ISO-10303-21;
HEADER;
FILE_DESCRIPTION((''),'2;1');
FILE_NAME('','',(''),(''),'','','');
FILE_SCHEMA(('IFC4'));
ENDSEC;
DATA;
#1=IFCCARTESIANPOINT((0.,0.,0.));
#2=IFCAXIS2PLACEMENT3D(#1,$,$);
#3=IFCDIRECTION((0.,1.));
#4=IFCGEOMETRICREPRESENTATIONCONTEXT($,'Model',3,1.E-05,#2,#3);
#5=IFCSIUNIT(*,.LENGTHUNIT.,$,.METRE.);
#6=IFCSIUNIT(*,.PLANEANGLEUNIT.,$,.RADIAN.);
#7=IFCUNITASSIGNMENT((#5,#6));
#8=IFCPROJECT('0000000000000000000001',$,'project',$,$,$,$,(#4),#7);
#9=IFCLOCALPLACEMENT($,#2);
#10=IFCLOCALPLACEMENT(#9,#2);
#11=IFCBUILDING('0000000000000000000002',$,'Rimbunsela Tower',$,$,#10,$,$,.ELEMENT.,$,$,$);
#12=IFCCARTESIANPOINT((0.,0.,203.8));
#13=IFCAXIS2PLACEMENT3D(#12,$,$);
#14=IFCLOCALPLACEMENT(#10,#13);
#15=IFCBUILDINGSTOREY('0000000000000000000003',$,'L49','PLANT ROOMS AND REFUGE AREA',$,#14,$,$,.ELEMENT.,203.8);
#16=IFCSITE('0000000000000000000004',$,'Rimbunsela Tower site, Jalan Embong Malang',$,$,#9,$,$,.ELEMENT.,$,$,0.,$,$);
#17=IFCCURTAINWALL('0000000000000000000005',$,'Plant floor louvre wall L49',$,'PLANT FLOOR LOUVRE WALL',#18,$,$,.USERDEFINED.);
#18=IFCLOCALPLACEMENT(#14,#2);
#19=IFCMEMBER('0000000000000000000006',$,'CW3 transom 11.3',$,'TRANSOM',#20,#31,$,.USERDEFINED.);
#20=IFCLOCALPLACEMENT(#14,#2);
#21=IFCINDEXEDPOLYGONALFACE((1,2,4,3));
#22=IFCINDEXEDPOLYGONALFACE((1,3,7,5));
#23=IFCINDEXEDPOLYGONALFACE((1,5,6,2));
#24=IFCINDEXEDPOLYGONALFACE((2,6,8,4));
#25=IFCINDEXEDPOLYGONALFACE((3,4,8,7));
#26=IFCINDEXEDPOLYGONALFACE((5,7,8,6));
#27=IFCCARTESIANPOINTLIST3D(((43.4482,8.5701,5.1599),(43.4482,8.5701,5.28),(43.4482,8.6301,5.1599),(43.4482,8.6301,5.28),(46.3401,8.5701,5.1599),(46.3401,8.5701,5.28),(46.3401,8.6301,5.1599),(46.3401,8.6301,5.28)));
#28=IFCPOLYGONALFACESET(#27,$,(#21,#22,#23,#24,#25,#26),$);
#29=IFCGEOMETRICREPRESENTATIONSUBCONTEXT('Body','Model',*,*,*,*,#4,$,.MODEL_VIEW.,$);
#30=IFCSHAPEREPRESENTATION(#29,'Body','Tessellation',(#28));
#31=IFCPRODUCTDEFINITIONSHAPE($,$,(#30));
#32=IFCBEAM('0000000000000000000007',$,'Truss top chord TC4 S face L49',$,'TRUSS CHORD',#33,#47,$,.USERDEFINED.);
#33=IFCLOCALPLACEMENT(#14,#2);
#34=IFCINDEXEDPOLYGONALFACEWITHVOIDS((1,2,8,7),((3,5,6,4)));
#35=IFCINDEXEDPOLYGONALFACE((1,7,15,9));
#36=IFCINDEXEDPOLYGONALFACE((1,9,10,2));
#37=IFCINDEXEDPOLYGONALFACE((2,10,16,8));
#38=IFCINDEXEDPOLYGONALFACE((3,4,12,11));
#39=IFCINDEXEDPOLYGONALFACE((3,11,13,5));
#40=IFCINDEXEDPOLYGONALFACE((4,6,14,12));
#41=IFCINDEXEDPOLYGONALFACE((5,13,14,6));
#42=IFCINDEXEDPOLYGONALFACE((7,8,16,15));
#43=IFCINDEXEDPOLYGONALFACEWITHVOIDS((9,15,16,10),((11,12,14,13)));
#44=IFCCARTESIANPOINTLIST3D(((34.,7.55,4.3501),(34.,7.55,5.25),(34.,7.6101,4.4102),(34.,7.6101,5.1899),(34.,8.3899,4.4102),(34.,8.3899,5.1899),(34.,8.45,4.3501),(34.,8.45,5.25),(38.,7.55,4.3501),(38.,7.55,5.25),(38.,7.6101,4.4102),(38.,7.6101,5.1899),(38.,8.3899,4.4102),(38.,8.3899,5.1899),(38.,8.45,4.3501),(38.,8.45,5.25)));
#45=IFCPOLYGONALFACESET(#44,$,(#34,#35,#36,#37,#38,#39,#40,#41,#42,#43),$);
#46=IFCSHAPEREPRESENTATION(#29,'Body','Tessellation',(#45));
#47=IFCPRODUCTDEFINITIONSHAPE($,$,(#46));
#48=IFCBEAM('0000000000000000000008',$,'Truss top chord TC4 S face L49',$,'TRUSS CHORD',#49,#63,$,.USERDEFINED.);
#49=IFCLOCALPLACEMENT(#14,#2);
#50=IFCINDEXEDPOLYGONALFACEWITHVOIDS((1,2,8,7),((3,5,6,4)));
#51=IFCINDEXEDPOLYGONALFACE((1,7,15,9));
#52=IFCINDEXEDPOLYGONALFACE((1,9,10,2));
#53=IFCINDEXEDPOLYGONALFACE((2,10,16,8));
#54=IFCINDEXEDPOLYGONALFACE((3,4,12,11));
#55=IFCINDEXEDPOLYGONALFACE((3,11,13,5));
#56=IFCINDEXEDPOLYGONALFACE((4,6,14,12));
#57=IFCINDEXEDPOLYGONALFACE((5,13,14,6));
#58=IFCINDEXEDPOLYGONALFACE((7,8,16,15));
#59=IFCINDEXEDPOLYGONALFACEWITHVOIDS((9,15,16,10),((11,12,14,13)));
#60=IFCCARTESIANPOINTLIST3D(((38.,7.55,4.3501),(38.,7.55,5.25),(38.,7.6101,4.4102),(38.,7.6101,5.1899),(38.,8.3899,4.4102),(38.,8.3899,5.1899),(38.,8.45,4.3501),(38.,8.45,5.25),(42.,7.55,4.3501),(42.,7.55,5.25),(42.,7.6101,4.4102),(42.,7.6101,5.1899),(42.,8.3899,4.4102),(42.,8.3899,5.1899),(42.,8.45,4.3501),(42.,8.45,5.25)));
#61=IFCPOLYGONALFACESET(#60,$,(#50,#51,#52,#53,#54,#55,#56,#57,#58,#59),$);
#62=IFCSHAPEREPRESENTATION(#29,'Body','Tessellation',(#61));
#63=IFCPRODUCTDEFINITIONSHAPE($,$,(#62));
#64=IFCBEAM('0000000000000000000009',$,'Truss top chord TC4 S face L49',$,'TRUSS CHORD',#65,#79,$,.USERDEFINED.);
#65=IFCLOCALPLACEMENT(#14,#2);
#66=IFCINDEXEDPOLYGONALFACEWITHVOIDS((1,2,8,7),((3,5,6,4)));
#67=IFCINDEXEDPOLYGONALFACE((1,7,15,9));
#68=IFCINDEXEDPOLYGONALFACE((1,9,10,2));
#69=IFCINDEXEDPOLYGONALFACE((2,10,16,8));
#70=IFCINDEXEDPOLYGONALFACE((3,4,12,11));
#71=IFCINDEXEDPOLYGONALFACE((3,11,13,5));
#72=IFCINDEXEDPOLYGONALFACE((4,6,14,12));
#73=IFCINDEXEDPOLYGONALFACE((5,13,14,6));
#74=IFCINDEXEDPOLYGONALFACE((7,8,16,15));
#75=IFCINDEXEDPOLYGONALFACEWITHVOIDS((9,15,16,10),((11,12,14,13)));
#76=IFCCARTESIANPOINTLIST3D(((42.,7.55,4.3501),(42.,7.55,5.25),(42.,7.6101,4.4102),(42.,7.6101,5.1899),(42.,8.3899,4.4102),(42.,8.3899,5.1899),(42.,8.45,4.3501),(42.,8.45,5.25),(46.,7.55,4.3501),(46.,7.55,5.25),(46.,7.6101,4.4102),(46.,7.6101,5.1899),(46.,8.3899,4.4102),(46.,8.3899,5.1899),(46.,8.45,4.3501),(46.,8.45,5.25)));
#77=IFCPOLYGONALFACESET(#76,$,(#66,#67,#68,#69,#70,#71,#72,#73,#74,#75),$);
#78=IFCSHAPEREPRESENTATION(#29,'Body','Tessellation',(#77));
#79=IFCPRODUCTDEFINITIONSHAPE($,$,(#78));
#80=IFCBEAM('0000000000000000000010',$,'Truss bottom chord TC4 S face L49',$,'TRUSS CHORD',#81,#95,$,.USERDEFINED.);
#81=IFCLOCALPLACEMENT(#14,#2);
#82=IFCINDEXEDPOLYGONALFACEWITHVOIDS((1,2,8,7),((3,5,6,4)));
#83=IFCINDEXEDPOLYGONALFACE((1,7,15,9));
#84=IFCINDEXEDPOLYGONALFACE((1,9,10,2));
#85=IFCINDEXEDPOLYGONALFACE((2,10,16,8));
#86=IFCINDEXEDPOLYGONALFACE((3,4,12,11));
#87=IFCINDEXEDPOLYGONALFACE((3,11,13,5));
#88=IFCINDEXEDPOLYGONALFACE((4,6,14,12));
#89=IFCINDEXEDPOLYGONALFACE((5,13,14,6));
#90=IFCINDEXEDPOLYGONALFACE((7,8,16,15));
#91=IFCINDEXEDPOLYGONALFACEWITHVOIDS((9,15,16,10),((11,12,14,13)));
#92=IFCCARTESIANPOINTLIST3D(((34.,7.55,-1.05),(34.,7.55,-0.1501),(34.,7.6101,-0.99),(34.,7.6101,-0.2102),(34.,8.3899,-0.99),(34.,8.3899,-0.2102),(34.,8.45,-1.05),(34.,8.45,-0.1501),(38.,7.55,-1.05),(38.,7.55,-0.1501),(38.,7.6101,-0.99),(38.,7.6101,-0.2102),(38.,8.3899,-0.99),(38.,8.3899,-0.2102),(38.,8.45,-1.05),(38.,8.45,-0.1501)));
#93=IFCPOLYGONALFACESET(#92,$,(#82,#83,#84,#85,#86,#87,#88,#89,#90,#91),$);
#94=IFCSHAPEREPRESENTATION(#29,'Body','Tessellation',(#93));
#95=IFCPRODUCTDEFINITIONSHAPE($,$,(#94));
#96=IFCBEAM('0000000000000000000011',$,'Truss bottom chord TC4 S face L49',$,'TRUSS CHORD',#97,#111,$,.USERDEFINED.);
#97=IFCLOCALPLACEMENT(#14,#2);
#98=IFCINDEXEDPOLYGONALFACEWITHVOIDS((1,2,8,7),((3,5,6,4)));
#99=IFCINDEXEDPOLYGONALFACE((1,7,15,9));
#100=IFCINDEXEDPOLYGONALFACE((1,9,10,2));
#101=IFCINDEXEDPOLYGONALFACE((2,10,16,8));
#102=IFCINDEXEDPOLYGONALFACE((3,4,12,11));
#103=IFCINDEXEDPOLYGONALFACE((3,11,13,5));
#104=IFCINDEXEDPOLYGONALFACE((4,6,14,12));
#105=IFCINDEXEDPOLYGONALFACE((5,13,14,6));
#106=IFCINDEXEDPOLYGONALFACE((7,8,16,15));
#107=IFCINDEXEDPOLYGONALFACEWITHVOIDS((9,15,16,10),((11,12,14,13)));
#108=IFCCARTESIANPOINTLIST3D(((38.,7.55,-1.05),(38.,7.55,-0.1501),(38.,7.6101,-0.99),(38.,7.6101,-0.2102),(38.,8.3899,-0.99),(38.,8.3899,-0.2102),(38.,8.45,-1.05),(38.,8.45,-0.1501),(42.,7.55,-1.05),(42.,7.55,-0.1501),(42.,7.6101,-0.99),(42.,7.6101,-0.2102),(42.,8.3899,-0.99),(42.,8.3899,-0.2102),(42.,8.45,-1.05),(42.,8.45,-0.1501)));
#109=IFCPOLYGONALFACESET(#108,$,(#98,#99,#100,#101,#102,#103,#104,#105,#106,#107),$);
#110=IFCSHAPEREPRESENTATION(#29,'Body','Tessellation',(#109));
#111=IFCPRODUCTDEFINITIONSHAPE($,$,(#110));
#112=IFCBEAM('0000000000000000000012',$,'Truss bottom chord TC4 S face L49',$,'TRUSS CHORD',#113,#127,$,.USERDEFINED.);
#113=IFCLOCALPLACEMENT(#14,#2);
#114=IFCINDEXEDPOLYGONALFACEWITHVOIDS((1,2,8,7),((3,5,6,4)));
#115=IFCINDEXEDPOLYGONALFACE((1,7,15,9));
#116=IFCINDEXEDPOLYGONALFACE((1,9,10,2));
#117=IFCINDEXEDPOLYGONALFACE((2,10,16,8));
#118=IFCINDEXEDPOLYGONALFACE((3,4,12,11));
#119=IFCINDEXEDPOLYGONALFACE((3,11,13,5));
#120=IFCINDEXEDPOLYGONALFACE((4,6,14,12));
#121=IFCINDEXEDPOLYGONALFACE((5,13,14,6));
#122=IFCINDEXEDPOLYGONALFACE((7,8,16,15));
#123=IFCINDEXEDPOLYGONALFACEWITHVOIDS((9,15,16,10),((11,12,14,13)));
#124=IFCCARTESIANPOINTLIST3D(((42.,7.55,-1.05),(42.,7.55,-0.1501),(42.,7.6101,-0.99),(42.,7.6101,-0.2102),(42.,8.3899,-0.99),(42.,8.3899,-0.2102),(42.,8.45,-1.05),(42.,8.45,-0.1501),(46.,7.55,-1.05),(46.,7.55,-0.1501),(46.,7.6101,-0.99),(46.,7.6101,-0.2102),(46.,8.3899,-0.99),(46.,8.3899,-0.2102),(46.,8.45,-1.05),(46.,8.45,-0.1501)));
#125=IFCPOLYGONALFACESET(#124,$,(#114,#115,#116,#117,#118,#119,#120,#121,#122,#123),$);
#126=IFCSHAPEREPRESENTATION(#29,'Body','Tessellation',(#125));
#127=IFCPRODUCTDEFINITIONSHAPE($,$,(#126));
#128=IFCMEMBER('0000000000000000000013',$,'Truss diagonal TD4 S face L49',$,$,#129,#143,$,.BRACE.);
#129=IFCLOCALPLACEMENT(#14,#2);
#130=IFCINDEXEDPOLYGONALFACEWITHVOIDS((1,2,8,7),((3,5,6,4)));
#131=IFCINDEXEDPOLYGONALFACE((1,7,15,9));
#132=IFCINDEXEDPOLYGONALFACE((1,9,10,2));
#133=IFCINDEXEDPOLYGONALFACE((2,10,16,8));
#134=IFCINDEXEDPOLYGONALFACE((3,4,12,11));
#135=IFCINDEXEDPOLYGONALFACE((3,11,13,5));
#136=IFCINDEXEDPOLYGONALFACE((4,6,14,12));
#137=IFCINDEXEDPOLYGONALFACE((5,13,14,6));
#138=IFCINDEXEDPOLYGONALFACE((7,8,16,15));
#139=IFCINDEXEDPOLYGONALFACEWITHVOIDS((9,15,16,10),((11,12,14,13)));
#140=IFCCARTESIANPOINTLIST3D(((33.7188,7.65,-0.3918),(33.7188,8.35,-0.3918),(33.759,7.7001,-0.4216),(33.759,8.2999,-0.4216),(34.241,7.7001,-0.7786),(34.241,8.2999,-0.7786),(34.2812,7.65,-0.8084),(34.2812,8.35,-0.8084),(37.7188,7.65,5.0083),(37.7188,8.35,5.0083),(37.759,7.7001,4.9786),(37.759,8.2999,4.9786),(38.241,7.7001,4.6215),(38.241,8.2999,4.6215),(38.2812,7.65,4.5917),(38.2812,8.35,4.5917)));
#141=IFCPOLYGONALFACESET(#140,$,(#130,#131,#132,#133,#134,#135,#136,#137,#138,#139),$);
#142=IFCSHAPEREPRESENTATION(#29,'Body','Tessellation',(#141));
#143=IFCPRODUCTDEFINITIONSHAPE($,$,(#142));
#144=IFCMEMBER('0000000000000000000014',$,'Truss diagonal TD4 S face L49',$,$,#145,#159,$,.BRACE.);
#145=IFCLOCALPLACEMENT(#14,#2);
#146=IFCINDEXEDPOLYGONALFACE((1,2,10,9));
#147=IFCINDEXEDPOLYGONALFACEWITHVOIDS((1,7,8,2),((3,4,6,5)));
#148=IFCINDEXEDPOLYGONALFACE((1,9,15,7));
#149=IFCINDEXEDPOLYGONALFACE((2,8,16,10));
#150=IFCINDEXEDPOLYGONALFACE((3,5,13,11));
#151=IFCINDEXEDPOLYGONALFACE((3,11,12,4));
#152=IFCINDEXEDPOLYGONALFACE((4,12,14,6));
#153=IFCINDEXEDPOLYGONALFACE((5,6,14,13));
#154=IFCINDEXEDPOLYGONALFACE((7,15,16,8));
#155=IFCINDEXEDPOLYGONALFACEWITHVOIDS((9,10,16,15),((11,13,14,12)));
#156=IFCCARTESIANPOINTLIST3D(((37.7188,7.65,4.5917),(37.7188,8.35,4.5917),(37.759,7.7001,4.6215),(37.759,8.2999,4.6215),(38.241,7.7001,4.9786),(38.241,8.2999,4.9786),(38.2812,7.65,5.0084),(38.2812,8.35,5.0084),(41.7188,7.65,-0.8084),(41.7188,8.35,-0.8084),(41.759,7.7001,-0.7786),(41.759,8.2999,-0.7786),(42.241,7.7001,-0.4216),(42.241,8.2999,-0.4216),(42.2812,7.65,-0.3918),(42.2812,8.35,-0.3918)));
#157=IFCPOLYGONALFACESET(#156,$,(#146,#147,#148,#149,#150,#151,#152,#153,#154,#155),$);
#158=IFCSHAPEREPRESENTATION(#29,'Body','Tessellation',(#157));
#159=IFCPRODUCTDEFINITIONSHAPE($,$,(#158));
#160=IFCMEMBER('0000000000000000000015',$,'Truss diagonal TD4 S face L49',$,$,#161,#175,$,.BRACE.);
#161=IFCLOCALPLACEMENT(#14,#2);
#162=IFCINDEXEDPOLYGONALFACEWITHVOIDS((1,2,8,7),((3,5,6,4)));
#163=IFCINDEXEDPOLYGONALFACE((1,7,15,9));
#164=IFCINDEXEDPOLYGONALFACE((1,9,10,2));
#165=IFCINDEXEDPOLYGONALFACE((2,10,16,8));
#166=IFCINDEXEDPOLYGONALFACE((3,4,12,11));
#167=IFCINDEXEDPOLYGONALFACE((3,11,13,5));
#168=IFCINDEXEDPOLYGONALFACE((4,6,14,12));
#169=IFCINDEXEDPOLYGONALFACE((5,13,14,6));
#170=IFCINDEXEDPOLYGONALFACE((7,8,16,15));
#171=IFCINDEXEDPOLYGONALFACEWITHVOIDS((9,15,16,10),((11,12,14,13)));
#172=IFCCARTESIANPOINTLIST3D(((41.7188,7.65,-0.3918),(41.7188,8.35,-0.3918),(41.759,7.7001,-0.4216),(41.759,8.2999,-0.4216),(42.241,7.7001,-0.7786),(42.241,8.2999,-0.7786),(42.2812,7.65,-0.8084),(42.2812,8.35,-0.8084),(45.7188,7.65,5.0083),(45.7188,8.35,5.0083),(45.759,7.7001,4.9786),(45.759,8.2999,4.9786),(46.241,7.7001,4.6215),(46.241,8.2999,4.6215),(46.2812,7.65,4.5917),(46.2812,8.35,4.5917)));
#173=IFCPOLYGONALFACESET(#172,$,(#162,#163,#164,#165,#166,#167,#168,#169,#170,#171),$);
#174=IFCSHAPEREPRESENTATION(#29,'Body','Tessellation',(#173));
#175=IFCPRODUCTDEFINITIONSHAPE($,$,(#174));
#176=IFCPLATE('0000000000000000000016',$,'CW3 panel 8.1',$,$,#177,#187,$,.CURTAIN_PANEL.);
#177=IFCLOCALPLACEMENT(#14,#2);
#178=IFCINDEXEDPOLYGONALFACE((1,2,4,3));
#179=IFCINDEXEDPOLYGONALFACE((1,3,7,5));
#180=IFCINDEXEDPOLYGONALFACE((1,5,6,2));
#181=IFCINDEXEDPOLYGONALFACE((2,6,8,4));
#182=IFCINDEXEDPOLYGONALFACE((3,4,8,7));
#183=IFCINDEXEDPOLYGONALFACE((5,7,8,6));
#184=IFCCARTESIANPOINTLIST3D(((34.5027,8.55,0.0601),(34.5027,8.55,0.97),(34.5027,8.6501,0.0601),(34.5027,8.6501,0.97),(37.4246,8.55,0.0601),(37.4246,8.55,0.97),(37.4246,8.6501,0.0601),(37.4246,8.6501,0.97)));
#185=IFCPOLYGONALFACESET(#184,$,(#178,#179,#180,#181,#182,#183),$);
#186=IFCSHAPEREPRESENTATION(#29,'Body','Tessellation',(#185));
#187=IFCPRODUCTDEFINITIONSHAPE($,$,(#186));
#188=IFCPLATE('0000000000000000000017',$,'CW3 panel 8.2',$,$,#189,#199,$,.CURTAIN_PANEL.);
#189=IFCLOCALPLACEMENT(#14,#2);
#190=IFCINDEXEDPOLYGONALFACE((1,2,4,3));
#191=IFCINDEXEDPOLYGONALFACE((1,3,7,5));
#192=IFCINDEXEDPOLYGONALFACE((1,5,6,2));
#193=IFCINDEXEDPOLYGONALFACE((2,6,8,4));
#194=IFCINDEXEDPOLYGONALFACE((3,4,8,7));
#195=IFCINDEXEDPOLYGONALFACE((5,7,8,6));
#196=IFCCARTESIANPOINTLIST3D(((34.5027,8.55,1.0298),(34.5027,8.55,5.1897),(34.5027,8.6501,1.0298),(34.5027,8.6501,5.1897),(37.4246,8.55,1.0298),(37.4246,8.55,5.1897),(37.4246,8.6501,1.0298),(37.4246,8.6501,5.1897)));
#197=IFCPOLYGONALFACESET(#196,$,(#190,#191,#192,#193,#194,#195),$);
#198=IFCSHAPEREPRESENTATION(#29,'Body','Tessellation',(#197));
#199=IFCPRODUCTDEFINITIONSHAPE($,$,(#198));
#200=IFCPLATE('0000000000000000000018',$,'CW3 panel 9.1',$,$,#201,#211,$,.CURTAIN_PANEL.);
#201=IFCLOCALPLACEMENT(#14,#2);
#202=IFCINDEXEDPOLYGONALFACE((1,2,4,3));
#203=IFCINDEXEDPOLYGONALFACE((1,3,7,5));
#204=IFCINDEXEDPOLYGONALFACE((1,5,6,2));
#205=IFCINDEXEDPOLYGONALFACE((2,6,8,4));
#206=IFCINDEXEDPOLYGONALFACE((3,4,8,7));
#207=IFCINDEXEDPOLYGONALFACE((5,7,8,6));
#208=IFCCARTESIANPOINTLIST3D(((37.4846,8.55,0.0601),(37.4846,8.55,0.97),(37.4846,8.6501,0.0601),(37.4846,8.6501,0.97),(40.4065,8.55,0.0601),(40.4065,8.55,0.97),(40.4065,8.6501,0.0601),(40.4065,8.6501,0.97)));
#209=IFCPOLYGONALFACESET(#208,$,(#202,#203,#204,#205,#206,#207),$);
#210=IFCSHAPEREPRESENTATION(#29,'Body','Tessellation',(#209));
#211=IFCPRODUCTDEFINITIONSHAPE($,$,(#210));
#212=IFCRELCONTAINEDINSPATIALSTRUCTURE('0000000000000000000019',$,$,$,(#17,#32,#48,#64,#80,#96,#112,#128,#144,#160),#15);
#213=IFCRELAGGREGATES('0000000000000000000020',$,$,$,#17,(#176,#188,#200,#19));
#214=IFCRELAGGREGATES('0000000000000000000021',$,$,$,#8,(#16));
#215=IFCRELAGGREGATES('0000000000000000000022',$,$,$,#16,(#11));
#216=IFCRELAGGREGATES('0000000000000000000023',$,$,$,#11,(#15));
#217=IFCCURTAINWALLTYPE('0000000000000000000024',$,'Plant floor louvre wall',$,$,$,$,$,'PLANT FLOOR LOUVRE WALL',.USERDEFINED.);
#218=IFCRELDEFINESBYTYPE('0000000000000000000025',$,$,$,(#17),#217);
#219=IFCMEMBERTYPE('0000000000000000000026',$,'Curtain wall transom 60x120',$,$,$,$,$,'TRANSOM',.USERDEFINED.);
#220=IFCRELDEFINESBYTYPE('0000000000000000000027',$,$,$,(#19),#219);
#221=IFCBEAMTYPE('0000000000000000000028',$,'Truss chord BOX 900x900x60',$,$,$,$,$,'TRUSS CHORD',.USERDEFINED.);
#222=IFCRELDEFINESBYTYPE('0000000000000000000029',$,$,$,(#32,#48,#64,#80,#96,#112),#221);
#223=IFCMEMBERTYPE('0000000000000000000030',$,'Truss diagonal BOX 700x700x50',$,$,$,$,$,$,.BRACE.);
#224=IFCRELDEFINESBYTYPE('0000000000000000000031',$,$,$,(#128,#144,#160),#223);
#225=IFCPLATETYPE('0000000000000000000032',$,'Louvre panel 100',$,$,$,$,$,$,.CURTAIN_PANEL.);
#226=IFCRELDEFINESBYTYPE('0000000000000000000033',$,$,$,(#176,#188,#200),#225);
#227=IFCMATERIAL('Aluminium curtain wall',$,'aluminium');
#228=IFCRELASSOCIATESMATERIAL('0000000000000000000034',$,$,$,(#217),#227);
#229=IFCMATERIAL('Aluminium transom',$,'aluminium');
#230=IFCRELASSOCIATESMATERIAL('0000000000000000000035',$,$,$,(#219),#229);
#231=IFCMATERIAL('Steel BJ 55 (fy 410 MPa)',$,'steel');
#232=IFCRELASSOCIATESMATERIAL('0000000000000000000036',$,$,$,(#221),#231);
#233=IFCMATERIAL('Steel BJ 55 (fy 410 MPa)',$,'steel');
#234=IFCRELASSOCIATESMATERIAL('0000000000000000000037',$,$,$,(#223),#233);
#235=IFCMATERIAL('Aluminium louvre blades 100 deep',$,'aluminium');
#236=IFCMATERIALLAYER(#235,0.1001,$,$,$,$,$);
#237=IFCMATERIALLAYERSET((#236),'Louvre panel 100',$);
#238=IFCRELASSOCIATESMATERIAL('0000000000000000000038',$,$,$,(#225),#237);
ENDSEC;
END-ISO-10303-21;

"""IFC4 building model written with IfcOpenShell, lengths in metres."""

from ifc_helpers import new_model, si_unit, direction, frame, origin, origin_2d, place, context, subcontext, project, spatial, rectangle, hollow_rectangle, extrude, material, layer, layer_set, material_profile, profile_set, type_object, element, aggregate, save


model = new_model("IFC4")

# Units and contexts
model_context = context("Model", 3, precision=1e-05, world=origin(), true_north=direction((0.0, 1.0)))
body_context = subcontext(model_context, "Body", "Model", "MODEL_VIEW")
ifc_project = project(units=[si_unit("LENGTHUNIT", "METRE"), si_unit("PLANEANGLEUNIT", "RADIAN")], contexts=[model_context])

# Site, building, storey
site_placement = place(None, origin())
site = spatial("IfcSite", under=ifc_project, at=site_placement, Name="Rimbunsela Tower site, Jalan Embong Malang", CompositionType="ELEMENT", RefElevation=0.0)
building_placement = place(site_placement, origin())
building = spatial("IfcBuilding", under=site, at=building_placement, Name="Rimbunsela Tower", CompositionType="ELEMENT")
storey_placement = place(building_placement, frame((0.0, 0.0, 203.8)))
storey = spatial("IfcBuildingStorey", under=building, at=storey_placement, Name="L49", Description="PLANT ROOMS AND REFUGE AREA", CompositionType="ELEMENT", Elevation=203.8)

# Curtain wall, member
ifc_material_1 = material(Name="Aluminium curtain wall", Category="aluminium")
curtain_wall_type = type_object("IfcCurtainWallType", Name="Plant floor louvre wall", ElementType="PLANT FLOOR LOUVRE WALL", PredefinedType="USERDEFINED", material=ifc_material_1)
curtain_wall_placement = place(storey_placement, origin())
curtain_wall = element("IfcCurtainWall", 1, at=curtain_wall_placement, inside=storey, type_object=curtain_wall_type, Name="Plant floor louvre wall L49", ObjectType="PLANT FLOOR LOUVRE WALL", PredefinedType="USERDEFINED")
ifc_material_2 = material(Name="Aluminium transom", Category="aluminium")
ifc_material_profile_1 = material_profile(ifc_material_2, rectangle(XDim=0.0601, YDim=0.1201, at=origin_2d()), Name="Transom 60x120")
ifc_profile_set_1 = profile_set([ifc_material_profile_1], Name="Aluminium transom")
member_type_1 = type_object("IfcMemberType", Name="Curtain wall transom 60x120", ElementType="TRANSOM", PredefinedType="USERDEFINED", material=ifc_profile_set_1)
member_1_placement = place(storey_placement, frame((43.4482, 8.6001, 5.22), z_axis=(1.0, 0.0, 0.0), x_axis=(0.0, 1.0, 0.0)))
member_1 = element("IfcMember", 2, at=member_1_placement, type_object=member_type_1, Name="CW3 transom 11.3", ObjectType="TRANSOM", PredefinedType="USERDEFINED", context=body_context, shape_type="SweptSolid", body=[
    extrude(rectangle(XDim=0.0601, YDim=0.1201, at=origin_2d()), origin(), (0.0, 0.0, 1.0), 2.8918),
])

# Beams
ifc_material_3 = material(Name="Steel BJ 55 (fy 410 MPa)", Category="steel")
ifc_material_profile_2 = material_profile(ifc_material_3, hollow_rectangle(XDim=0.8999, YDim=0.8999, WallThickness=0.0601, at=origin_2d()), Name="BOX 900x900x60")
ifc_profile_set_2 = profile_set([ifc_material_profile_2], Name="Steel BJ 55 (fy 410 MPa)")
beam_type_1 = type_object("IfcBeamType", Name="Truss chord BOX 900x900x60", ElementType="TRUSS CHORD", PredefinedType="USERDEFINED", material=ifc_profile_set_2)
for number, where, z_axis, x_axis, name in (
    (3, (34.0, 8.0, 4.8), (1.0, 0.0, 0.0), (0.0, 1.0, 0.0), "Truss top chord TC4 S face L49"),
    (4, (38.0, 8.0, 4.8), (1.0, 0.0, 0.0), (0.0, 1.0, 0.0), "Truss top chord TC4 S face L49"),
    (5, (42.0, 8.0, 4.8), (1.0, 0.0, 0.0), (0.0, 1.0, 0.0), "Truss top chord TC4 S face L49"),
    (6, (34.0, 8.0, -0.6001), (1.0, 0.0, 0.0), (0.0, 1.0, 0.0), "Truss bottom chord TC4 S face L49"),
    (7, (38.0, 8.0, -0.6001), (1.0, 0.0, 0.0), (0.0, 1.0, 0.0), "Truss bottom chord TC4 S face L49"),
    (8, (42.0, 8.0, -0.6001), (1.0, 0.0, 0.0), (0.0, 1.0, 0.0), "Truss bottom chord TC4 S face L49"),
):
    element("IfcBeam", number, at=place(storey_placement, frame(where, z_axis=z_axis, x_axis=x_axis)), inside=storey, type_object=beam_type_1, Name=name, ObjectType="TRUSS CHORD", PredefinedType="USERDEFINED", context=body_context, shape_type="SweptSolid", body=[
        extrude(hollow_rectangle(XDim=0.8999, YDim=0.8999, WallThickness=0.0601, at=origin_2d()), origin(), (0.0, 0.0, 1.0), 4.0),
    ])

# Members
ifc_material_4 = material(Name="Steel BJ 55 (fy 410 MPa)", Category="steel")
ifc_material_profile_3 = material_profile(ifc_material_4, hollow_rectangle(XDim=0.7, YDim=0.7, WallThickness=0.05, at=origin_2d()), Name="BOX 700x700x50")
ifc_profile_set_3 = profile_set([ifc_material_profile_3], Name="Steel BJ 55 (fy 410 MPa)")
member_type_2 = type_object("IfcMemberType", Name="Truss diagonal BOX 700x700x50", PredefinedType="BRACE", material=ifc_profile_set_3)
for number, where, z_axis, x_axis, name in (
    (9, (34.0, 8.0, -0.6001), (0.595217, 0.0, 0.803565), (0.0, 1.0, 0.0), "Truss diagonal TD4 S face L49"),
    (10, (38.0, 8.0, 4.8), (0.595217, 0.0, -0.803565), (0.0, 1.0, 0.0), "Truss diagonal TD4 S face L49"),
    (11, (42.0, 8.0, -0.6001), (0.595217, 0.0, 0.803565), (0.0, 1.0, 0.0), "Truss diagonal TD4 S face L49"),
):
    element("IfcMember", number, at=place(storey_placement, frame(where, z_axis=z_axis, x_axis=x_axis)), inside=storey, type_object=member_type_2, Name=name, PredefinedType="BRACE", context=body_context, shape_type="SweptSolid", body=[
        extrude(hollow_rectangle(XDim=0.7, YDim=0.7, WallThickness=0.05, at=origin_2d()), origin(), (0.0, 0.0, 1.0), 6.7202),
    ])

# Plates
ifc_material_5 = material(Name="Aluminium louvre blades 100 deep", Category="aluminium")
ifc_layer = layer(ifc_material_5, 0.1001)
ifc_layer_set = layer_set([ifc_layer], Name="Louvre panel 100")
plate_type = type_object("IfcPlateType", Name="Louvre panel 100", PredefinedType="CURTAIN_PANEL", material=ifc_layer_set)
plate_1_placement = place(storey_placement, frame((35.9636, 8.6001, 0.0601), z_axis=(0.0, 0.0, 1.0), x_axis=(1.0, 0.0, 0.0)))
plate_1 = element("IfcPlate", 12, at=plate_1_placement, type_object=plate_type, Name="CW3 panel 8.1", PredefinedType="CURTAIN_PANEL", context=body_context, shape_type="SweptSolid", body=[
    extrude(rectangle(XDim=2.9219, YDim=0.1001, at=origin_2d()), origin(), (0.0, 0.0, 1.0), 0.9099),
])
plate_2_placement = place(storey_placement, frame((35.9636, 8.6001, 1.0298), z_axis=(0.0, 0.0, 1.0), x_axis=(1.0, 0.0, 0.0)))
plate_2 = element("IfcPlate", 13, at=plate_2_placement, type_object=plate_type, Name="CW3 panel 8.2", PredefinedType="CURTAIN_PANEL", context=body_context, shape_type="SweptSolid", body=[
    extrude(rectangle(XDim=2.9219, YDim=0.1001, at=origin_2d()), origin(), (0.0, 0.0, 1.0), 4.1599),
])
plate_3_placement = place(storey_placement, frame((38.9456, 8.6001, 0.0601), z_axis=(0.0, 0.0, 1.0), x_axis=(1.0, 0.0, 0.0)))
plate_3 = element("IfcPlate", 14, at=plate_3_placement, type_object=plate_type, Name="CW3 panel 9.1", PredefinedType="CURTAIN_PANEL", context=body_context, shape_type="SweptSolid", body=[
    extrude(rectangle(XDim=2.9219, YDim=0.1001, at=origin_2d()), origin(), (0.0, 0.0, 1.0), 0.9099),
])
aggregate(curtain_wall, [plate_1, plate_2, plate_3, member_1])

save(model, "model.ifc")
